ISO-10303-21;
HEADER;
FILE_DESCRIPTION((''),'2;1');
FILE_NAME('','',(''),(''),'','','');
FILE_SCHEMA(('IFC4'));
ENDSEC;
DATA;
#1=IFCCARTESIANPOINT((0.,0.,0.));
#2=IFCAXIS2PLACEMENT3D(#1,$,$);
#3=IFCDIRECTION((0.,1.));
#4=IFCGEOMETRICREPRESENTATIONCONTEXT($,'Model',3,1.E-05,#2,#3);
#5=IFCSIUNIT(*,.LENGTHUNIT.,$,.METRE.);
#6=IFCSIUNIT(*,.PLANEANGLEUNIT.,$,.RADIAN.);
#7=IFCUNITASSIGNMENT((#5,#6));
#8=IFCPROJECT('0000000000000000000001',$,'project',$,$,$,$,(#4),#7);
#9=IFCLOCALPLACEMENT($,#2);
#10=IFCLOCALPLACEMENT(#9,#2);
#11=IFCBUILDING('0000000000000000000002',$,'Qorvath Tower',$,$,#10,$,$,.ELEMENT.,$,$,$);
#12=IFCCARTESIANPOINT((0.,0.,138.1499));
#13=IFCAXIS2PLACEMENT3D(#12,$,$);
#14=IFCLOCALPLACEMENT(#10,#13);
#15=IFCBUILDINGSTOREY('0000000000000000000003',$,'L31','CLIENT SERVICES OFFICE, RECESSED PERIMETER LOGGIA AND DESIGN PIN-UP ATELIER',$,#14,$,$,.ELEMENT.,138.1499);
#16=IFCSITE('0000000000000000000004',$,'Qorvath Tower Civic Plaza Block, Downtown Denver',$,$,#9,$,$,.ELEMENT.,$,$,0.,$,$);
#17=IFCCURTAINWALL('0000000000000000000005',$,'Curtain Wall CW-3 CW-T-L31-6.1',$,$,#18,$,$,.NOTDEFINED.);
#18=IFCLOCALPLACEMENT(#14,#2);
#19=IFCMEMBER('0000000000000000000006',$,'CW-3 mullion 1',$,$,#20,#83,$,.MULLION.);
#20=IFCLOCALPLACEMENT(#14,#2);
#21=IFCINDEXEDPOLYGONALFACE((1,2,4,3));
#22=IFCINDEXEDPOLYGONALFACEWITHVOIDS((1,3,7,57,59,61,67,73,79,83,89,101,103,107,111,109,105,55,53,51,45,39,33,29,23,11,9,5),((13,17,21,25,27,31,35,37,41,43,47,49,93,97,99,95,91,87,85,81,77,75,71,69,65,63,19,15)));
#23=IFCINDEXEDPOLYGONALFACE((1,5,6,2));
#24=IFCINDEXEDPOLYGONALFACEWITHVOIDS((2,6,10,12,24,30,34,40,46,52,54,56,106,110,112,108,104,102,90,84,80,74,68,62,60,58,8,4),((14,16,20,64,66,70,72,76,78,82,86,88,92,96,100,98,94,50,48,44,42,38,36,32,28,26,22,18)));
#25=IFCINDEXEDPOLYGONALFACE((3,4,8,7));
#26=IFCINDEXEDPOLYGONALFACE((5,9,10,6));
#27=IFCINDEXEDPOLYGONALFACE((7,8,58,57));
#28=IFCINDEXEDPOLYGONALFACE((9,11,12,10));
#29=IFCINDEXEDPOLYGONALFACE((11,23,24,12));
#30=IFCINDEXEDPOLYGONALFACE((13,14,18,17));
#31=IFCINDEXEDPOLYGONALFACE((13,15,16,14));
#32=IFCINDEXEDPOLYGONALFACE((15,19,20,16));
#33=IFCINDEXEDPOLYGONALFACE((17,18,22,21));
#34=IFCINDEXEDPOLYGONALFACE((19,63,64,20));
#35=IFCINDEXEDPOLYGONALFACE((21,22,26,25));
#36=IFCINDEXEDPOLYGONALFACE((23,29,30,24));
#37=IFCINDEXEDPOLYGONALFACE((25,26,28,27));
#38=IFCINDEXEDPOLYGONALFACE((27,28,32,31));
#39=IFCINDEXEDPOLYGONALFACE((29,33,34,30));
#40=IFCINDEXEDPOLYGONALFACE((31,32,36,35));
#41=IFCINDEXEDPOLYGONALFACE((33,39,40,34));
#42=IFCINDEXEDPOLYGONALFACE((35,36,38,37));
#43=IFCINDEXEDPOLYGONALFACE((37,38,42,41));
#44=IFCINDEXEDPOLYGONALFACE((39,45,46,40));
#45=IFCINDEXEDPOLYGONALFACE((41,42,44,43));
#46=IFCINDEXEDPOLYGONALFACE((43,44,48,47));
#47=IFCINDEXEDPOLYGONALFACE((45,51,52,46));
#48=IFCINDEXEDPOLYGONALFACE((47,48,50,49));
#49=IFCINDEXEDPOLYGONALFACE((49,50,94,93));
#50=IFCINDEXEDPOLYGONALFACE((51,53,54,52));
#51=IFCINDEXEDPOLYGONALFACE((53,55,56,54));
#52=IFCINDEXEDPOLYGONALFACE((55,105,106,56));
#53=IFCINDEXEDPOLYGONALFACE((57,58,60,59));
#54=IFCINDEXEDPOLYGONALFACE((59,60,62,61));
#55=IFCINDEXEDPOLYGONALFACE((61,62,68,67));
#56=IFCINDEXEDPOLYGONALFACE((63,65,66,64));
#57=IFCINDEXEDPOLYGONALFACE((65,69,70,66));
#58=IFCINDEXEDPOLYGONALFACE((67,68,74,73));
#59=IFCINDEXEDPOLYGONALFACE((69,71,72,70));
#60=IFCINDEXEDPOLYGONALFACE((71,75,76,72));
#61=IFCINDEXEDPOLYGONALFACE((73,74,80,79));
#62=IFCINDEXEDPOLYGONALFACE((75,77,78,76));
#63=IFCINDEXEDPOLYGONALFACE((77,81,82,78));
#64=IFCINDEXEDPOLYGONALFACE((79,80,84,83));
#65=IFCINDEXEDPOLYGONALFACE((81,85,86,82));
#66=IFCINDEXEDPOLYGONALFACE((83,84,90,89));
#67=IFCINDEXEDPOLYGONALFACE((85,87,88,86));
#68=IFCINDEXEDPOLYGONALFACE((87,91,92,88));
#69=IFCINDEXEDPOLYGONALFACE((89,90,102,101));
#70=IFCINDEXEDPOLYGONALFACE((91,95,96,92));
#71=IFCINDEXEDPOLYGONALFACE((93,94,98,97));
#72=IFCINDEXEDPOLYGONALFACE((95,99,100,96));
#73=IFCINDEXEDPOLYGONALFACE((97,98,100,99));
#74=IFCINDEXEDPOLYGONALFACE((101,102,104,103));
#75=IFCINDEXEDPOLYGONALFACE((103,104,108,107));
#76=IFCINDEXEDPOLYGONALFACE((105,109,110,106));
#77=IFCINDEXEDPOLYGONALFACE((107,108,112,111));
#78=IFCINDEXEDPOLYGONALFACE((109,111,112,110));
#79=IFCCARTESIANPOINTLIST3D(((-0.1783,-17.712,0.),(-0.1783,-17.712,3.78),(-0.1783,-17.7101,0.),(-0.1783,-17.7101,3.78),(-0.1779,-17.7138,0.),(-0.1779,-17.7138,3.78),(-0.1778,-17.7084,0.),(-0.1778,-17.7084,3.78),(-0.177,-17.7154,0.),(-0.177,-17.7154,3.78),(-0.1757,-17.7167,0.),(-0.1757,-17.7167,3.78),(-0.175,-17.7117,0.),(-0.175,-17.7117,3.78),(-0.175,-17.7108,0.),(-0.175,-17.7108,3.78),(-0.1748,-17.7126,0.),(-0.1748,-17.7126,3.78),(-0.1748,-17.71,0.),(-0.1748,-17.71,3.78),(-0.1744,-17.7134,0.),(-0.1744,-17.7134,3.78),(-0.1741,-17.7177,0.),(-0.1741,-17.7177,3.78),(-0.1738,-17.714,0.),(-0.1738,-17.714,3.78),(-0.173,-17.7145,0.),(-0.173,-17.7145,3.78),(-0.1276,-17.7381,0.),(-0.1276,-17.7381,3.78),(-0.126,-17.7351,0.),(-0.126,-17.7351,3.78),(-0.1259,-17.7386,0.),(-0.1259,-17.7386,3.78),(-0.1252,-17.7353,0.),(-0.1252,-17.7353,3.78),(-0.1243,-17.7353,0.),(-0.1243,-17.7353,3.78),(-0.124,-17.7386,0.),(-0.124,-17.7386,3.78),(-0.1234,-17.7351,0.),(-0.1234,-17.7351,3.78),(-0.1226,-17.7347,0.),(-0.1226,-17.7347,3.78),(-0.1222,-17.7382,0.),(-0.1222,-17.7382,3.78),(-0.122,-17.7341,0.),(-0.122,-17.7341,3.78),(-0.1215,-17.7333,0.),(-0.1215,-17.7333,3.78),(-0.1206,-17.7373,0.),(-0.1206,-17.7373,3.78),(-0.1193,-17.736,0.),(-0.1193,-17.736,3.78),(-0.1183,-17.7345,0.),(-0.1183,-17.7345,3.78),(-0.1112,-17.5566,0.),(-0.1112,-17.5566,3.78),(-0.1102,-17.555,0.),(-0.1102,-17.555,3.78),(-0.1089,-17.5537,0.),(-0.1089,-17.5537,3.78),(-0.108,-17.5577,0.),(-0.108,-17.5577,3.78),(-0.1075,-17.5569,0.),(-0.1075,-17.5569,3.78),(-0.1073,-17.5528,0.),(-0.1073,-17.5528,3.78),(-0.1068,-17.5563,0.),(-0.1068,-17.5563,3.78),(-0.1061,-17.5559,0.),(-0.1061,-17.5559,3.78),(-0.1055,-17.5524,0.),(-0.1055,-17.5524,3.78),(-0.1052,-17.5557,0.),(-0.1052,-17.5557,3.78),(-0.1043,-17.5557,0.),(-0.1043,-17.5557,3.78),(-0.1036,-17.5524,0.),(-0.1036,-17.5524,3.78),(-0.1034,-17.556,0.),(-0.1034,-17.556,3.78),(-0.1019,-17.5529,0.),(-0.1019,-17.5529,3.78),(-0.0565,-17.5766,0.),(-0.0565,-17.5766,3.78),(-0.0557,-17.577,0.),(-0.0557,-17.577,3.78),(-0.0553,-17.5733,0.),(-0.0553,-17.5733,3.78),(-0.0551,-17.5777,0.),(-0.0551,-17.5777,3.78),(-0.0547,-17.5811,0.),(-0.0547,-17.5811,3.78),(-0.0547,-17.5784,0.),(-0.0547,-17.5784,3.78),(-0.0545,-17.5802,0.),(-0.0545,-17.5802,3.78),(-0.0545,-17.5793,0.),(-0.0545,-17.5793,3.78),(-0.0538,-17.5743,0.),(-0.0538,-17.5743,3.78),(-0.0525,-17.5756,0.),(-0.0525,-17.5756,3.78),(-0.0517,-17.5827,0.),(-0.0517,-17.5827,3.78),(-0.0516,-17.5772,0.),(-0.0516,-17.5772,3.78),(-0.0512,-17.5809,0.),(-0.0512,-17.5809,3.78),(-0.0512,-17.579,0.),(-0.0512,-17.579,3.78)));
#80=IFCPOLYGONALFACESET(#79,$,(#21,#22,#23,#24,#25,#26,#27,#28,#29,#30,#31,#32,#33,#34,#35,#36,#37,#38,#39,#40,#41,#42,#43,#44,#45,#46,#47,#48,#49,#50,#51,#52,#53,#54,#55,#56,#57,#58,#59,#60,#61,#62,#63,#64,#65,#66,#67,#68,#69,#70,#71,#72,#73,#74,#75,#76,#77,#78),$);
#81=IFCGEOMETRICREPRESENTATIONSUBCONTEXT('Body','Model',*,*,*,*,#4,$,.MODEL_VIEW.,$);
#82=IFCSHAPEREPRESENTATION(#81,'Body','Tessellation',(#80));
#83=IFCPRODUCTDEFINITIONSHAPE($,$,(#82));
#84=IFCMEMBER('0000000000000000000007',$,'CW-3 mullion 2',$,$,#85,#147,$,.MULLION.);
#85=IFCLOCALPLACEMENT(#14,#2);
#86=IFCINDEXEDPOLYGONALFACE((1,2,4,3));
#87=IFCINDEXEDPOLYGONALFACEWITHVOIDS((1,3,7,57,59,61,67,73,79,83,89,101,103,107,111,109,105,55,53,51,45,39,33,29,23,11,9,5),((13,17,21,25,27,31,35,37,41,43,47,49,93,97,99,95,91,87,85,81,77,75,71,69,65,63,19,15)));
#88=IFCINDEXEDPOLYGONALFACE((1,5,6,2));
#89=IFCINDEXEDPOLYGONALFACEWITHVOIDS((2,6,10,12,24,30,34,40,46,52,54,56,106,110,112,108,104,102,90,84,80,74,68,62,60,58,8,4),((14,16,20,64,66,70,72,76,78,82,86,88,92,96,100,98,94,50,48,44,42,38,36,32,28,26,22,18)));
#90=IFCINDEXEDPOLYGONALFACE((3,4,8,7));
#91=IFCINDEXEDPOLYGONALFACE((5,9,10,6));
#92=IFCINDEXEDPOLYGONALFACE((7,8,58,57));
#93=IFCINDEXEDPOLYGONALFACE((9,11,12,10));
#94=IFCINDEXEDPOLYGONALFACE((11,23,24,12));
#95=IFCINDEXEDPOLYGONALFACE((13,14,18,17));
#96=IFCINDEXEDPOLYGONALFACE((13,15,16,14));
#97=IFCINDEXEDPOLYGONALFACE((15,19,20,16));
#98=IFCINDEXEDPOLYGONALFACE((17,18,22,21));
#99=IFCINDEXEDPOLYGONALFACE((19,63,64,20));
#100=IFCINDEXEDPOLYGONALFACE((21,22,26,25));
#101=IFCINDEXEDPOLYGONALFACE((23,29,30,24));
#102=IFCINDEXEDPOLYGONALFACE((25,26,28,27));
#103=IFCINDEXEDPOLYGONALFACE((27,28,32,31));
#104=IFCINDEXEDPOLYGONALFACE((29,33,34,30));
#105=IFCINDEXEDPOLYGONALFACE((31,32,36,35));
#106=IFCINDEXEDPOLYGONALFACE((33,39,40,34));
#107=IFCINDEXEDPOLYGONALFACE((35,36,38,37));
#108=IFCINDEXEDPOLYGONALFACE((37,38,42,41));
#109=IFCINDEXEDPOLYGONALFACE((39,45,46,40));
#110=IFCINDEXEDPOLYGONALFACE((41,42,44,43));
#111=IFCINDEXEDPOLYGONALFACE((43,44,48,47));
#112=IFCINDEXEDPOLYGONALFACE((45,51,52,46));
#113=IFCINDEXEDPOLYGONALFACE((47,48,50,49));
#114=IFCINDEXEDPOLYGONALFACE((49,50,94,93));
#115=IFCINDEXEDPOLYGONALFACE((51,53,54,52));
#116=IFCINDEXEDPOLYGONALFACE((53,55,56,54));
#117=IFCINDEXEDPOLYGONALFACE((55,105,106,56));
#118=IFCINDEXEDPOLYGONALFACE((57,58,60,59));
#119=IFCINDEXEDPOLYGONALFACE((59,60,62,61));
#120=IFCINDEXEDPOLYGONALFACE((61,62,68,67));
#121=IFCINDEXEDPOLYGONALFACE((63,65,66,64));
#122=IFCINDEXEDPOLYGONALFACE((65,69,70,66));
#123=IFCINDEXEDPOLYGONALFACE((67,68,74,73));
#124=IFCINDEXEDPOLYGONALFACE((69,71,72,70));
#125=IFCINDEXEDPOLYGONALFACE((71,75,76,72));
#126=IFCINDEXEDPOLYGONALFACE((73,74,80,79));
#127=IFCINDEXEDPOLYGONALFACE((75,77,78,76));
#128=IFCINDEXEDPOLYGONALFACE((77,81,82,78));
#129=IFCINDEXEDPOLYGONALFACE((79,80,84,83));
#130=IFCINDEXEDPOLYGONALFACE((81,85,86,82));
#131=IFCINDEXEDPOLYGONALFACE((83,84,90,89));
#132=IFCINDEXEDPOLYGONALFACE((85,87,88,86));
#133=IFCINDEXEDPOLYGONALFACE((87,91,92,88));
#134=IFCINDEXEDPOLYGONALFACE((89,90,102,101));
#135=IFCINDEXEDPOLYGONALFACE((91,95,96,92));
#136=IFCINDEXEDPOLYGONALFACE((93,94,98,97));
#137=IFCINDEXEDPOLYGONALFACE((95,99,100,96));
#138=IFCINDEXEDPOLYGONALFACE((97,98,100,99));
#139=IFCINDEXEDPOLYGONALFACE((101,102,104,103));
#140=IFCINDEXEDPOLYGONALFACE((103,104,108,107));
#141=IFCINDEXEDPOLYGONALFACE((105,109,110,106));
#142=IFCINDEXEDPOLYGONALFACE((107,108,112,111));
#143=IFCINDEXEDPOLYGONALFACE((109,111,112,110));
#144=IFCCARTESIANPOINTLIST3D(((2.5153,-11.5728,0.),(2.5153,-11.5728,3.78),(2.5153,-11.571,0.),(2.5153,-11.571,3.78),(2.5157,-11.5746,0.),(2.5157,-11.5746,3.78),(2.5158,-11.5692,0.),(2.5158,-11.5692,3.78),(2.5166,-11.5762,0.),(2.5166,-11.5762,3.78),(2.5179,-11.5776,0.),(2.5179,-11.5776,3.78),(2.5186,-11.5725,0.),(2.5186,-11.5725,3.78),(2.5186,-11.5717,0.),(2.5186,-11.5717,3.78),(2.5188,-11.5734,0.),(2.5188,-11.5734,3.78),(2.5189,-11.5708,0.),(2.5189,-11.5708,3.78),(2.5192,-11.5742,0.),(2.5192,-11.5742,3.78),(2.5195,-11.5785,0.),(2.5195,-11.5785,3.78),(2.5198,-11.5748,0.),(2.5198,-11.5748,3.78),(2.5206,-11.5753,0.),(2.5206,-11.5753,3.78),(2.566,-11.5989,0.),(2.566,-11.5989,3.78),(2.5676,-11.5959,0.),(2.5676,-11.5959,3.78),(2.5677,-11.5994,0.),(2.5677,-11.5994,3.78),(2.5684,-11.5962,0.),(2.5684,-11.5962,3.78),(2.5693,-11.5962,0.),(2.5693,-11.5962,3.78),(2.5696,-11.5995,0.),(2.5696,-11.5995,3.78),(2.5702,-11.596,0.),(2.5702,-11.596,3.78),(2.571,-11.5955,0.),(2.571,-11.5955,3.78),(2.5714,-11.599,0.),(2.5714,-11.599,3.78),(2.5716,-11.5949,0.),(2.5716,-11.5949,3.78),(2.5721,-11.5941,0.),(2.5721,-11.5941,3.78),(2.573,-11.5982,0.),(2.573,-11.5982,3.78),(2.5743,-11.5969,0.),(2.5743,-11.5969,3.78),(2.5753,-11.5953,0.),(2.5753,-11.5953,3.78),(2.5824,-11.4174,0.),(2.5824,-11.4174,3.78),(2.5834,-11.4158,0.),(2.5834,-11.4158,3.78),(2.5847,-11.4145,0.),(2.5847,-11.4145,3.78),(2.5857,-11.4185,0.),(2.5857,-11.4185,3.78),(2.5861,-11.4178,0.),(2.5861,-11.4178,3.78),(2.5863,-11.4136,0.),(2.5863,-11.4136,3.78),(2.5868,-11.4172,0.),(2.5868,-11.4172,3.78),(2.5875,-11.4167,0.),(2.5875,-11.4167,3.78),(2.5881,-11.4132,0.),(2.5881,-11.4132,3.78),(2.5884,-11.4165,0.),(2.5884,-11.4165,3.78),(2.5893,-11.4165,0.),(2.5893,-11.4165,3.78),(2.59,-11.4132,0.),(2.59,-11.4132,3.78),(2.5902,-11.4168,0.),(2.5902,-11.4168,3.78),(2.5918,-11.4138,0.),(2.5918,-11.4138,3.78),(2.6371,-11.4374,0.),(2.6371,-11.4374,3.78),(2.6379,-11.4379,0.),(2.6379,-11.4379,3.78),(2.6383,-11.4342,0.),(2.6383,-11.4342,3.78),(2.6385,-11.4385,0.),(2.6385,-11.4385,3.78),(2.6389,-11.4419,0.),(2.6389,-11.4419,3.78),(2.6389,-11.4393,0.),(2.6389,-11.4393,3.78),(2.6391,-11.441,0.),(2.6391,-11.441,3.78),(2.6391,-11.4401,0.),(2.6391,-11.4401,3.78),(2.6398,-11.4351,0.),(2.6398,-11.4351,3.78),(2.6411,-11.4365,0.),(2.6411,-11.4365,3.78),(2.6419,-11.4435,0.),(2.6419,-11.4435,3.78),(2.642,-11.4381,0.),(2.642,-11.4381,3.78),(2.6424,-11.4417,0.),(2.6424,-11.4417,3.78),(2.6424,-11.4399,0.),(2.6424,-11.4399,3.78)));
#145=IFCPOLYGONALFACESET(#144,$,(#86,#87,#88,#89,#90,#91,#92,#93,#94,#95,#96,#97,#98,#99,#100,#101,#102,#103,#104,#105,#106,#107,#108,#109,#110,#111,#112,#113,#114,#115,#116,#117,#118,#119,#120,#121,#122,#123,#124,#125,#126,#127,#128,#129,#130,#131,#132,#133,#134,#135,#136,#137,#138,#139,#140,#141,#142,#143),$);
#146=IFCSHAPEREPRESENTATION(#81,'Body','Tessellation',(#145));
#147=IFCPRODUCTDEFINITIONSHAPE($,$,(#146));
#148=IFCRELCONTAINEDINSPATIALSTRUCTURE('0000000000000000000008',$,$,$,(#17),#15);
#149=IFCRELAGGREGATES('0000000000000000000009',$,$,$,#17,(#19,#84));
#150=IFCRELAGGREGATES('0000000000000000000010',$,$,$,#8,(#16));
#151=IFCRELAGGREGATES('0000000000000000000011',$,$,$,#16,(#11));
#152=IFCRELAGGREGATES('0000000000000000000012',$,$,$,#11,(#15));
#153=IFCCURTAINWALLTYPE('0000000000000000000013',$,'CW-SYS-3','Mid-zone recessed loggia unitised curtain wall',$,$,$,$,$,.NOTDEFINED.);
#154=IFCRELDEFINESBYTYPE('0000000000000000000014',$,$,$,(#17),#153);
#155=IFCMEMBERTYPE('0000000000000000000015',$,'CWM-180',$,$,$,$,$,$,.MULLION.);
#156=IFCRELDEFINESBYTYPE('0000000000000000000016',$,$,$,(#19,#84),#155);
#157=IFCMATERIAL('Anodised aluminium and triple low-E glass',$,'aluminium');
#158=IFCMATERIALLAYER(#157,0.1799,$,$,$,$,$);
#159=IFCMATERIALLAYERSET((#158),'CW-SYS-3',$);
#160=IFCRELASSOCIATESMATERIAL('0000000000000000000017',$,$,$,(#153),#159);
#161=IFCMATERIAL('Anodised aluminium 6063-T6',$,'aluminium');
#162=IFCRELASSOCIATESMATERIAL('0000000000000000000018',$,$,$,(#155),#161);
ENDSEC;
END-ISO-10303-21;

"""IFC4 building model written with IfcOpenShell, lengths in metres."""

from ifc_helpers import new_model, si_unit, direction, frame, origin, origin_2d, place, context, subcontext, project, spatial, hollow_rectangle, extrude, material, layer, layer_set, material_profile, profile_set, type_object, element, aggregate, save


model = new_model("IFC4")

# Units and contexts
model_context = context("Model", 3, precision=1e-05, world=origin(), true_north=direction((0.0, 1.0)))
body_context = subcontext(model_context, "Body", "Model", "MODEL_VIEW")
ifc_project = project(units=[si_unit("LENGTHUNIT", "METRE"), si_unit("PLANEANGLEUNIT", "RADIAN")], contexts=[model_context])

# Site, building, storey
site_placement = place(None, origin())
site = spatial("IfcSite", under=ifc_project, at=site_placement, Name="Qorvath Tower Civic Plaza Block, Downtown Denver", CompositionType="ELEMENT", RefElevation=0.0)
building_placement = place(site_placement, origin())
building = spatial("IfcBuilding", under=site, at=building_placement, Name="Qorvath Tower", CompositionType="ELEMENT")
storey_placement = place(building_placement, frame((0.0, 0.0, 138.1499)))
storey = spatial("IfcBuildingStorey", under=building, at=storey_placement, Name="L31", Description="CLIENT SERVICES OFFICE, RECESSED PERIMETER LOGGIA AND DESIGN PIN-UP ATELIER", CompositionType="ELEMENT", Elevation=138.1499)

# Shared definitions
ifc_material_1 = material(Name="Anodised aluminium and triple low-E glass", Category="aluminium")
ifc_layer_1 = layer(ifc_material_1, 0.1799)
ifc_layer_set_1 = layer_set([ifc_layer_1], Name="CW-SYS-3")
curtain_wall_type = type_object("IfcCurtainWallType", Name="CW-SYS-3", Description="Mid-zone recessed loggia unitised curtain wall", PredefinedType="NOTDEFINED", material=ifc_layer_set_1)
ifc_material_2 = material(Name="Anodised aluminium 6063-T6", Category="aluminium")
ifc_material_profile_1 = material_profile(ifc_material_2, hollow_rectangle(XDim=0.0649, YDim=0.1799, WallThickness=0.0034, InnerFilletRadius=0.0034, OuterFilletRadius=0.0071, at=origin_2d()), Name="CWM 180x65")
ifc_profile_set_1 = profile_set([ifc_material_profile_1], Name="Anodised aluminium 6063-T6")
member_type_1 = type_object("IfcMemberType", Name="CWM-180", PredefinedType="MULLION", material=ifc_profile_set_1)

# Curtain wall, members
curtain_wall_1_placement = place(storey_placement, origin())
curtain_wall_1 = element("IfcCurtainWall", 1, at=curtain_wall_1_placement, inside=storey, type_object=curtain_wall_type, Name="Curtain Wall CW-3 CW-T-L31-6.1", PredefinedType="NOTDEFINED")
member_1_placement = place(storey_placement, frame((-0.1147, -17.6455, 0.0), z_axis=(0.0, 0.0, 1.0), x_axis=(-0.915735, 0.401782, 0.0)))
member_1 = element("IfcMember", 2, at=member_1_placement, type_object=member_type_1, Name="CW-3 mullion 1", PredefinedType="MULLION", context=body_context, shape_type="SweptSolid", body=[
    extrude(hollow_rectangle(XDim=0.0649, YDim=0.1799, WallThickness=0.0034, InnerFilletRadius=0.0034, OuterFilletRadius=0.0071, at=origin_2d()), origin(), (0.0, 0.0, 1.0), 3.78),
])
member_2_placement = place(storey_placement, frame((2.5789, -11.5063, 0.0), z_axis=(0.0, 0.0, 1.0), x_axis=(-0.915735, 0.401782, 0.0)))
member_2 = element("IfcMember", 3, at=member_2_placement, type_object=member_type_1, Name="CW-3 mullion 2", PredefinedType="MULLION", context=body_context, shape_type="SweptSolid", body=[
    extrude(hollow_rectangle(XDim=0.0649, YDim=0.1799, WallThickness=0.0034, InnerFilletRadius=0.0034, OuterFilletRadius=0.0071, at=origin_2d()), origin(), (0.0, 0.0, 1.0), 3.78),
])

aggregate(curtain_wall_1, [member_1, member_2])

save(model, "model.ifc")
